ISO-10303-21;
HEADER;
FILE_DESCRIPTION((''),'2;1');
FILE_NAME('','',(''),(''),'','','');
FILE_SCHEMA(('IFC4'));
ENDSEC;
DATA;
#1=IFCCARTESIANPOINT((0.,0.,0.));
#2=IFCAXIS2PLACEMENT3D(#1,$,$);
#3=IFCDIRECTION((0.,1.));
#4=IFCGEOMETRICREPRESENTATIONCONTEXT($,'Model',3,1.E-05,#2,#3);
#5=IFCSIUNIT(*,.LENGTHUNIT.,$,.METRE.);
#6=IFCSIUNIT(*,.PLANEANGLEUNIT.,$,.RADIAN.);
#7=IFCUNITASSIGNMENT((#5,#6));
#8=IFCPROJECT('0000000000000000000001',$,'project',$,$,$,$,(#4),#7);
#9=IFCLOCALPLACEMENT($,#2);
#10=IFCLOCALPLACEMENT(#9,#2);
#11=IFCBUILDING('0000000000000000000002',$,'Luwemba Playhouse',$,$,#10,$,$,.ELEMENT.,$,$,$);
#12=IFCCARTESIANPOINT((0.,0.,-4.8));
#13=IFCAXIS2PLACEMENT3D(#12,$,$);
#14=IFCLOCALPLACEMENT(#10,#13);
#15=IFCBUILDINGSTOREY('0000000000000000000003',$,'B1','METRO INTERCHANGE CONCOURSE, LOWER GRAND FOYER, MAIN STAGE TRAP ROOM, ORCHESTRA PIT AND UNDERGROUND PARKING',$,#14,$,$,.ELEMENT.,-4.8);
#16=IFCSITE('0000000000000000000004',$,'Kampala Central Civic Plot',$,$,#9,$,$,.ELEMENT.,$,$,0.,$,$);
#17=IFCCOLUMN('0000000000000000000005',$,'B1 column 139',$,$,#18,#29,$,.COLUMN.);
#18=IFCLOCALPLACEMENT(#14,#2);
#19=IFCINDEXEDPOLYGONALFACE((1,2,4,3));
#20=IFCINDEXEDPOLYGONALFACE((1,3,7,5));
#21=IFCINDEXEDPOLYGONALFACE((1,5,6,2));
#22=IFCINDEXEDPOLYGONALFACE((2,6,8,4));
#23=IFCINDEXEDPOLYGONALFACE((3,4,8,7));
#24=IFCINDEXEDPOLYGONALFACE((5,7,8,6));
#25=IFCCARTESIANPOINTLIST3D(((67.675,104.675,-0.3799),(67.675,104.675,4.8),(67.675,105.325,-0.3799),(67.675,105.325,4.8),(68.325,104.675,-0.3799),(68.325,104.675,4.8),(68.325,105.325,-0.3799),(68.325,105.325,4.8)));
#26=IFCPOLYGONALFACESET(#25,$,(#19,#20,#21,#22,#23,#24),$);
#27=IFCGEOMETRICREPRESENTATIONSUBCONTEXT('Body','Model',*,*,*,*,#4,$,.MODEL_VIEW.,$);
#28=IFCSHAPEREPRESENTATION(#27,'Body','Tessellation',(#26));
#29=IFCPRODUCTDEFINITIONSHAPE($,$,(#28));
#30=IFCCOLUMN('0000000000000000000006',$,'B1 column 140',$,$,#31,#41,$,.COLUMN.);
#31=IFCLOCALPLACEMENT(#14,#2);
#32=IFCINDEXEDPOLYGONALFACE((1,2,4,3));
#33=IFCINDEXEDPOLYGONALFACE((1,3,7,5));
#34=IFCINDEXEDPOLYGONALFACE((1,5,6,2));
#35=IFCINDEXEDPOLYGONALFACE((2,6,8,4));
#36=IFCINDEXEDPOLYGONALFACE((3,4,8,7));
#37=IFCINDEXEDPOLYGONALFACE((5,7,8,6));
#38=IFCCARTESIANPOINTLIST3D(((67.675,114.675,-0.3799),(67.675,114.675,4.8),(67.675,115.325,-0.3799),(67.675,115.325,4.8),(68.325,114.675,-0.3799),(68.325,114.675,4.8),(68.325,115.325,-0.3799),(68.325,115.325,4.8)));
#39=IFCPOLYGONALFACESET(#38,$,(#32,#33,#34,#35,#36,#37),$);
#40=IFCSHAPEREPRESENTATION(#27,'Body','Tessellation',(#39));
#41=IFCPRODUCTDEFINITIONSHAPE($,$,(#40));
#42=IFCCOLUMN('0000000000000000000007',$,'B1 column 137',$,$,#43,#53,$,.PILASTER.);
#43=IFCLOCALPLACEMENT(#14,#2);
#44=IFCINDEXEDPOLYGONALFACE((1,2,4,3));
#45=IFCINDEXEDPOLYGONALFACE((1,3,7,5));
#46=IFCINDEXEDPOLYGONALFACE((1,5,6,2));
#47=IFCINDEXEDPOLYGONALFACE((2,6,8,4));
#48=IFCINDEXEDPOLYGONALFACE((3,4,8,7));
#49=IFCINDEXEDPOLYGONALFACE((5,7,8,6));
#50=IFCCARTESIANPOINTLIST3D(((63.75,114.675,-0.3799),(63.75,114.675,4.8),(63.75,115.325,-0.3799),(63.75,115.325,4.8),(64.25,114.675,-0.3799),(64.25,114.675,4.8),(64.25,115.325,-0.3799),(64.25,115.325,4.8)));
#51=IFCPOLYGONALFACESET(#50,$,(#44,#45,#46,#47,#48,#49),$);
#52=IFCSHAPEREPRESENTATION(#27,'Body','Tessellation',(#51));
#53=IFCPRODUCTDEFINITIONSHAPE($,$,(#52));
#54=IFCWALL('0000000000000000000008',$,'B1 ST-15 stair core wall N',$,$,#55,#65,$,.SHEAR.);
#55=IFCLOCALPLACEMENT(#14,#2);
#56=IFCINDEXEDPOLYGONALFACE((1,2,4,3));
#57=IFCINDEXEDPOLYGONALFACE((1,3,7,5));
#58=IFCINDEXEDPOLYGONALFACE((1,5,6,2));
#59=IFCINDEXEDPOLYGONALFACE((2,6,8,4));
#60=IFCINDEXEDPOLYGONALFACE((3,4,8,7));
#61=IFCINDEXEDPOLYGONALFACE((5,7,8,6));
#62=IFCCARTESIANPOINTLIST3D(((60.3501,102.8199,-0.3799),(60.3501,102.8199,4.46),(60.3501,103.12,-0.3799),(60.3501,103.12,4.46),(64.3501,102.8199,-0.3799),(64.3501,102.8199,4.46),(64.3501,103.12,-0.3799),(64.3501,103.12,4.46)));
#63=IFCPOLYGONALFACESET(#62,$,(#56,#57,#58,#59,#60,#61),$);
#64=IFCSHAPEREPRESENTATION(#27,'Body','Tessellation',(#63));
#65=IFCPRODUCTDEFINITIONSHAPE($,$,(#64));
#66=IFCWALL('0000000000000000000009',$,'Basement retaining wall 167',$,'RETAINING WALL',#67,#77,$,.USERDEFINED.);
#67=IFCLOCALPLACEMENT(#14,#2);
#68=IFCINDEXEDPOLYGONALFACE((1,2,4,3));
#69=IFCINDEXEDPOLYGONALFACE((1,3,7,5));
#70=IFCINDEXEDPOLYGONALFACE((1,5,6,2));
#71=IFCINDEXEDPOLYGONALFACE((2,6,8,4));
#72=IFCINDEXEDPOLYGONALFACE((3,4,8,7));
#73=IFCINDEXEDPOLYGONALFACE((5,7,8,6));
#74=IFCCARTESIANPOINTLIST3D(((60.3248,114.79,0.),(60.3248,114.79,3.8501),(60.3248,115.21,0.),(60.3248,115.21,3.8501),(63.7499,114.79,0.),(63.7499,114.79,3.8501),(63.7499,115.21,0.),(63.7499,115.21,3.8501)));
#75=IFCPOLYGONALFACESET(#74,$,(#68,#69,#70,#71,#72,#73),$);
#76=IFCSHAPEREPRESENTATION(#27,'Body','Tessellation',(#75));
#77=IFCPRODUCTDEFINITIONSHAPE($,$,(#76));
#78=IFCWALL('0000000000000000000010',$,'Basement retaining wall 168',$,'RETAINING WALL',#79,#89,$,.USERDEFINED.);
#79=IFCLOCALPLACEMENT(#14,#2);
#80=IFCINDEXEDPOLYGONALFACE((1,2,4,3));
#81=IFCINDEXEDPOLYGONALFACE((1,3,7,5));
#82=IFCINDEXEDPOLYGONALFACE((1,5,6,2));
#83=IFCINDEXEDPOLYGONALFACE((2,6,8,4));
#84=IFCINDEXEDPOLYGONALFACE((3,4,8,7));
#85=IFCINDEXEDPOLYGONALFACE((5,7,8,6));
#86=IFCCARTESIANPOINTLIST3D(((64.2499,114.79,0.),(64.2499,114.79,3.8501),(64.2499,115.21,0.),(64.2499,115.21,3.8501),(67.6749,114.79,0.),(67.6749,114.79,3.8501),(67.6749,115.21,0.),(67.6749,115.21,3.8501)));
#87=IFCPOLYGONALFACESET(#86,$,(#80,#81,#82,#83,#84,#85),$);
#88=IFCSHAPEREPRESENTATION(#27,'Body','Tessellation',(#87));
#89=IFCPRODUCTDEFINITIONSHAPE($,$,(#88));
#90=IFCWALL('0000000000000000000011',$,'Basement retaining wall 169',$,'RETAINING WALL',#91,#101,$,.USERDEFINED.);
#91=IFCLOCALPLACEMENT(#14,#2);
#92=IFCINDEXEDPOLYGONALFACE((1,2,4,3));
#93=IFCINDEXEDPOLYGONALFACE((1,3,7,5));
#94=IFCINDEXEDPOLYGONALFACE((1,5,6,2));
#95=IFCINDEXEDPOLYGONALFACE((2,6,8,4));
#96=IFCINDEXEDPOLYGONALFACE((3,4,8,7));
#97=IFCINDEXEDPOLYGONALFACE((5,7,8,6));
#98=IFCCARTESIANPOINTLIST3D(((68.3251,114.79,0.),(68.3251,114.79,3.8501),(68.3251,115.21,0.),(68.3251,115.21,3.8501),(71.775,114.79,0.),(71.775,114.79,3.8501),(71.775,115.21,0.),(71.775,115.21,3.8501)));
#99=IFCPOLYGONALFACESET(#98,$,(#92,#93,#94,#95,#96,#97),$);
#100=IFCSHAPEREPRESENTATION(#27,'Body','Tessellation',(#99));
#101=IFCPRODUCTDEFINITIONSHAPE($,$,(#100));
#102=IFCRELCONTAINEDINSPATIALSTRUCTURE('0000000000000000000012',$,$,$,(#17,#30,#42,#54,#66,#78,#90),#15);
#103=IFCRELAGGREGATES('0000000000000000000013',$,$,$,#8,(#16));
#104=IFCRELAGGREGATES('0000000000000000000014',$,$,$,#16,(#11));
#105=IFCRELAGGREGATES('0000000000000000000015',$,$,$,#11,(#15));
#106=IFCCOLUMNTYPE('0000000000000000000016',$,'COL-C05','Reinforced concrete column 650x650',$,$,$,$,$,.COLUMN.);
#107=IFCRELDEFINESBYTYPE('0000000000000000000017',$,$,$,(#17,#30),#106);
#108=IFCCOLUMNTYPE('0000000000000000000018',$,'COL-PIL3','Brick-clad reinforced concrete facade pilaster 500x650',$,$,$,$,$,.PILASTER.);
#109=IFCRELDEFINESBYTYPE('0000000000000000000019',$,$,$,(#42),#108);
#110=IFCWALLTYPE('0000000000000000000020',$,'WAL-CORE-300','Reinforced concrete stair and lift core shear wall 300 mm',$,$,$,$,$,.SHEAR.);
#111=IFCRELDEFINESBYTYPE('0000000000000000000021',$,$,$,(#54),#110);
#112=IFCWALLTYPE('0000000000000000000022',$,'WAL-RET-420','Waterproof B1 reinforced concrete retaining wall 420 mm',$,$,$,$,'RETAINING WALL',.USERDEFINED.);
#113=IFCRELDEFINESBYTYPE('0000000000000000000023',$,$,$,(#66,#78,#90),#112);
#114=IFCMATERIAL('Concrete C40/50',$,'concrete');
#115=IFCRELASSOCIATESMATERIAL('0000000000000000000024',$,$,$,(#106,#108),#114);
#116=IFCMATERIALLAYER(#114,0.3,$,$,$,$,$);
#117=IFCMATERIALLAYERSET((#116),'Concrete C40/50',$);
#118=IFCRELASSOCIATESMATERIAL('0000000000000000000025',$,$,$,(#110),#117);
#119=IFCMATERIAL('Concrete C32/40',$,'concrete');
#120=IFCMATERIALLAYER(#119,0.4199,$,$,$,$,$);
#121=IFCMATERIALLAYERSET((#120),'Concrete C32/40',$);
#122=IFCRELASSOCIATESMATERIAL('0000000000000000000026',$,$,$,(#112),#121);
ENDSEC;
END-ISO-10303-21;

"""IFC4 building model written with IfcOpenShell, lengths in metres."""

from ifc_helpers import new_model, si_unit, direction, frame, frame_2d, origin, origin_2d, place, context, subcontext, project, spatial, rectangle, extrude, material, layer, layer_set, material_profile, profile_set, type_object, element, save


model = new_model("IFC4")

# Units and contexts
model_context = context("Model", 3, precision=1e-05, world=origin(), true_north=direction((0.0, 1.0)))
body_context = subcontext(model_context, "Body", "Model", "MODEL_VIEW")
ifc_project = project(units=[si_unit("LENGTHUNIT", "METRE"), si_unit("PLANEANGLEUNIT", "RADIAN")], contexts=[model_context])

# Site, building, storey
site_placement = place(None, origin())
site = spatial("IfcSite", under=ifc_project, at=site_placement, Name="Kampala Central Civic Plot", CompositionType="ELEMENT", RefElevation=0.0)
building_placement = place(site_placement, origin())
building = spatial("IfcBuilding", under=site, at=building_placement, Name="Luwemba Playhouse", CompositionType="ELEMENT")
storey_placement = place(building_placement, frame((0.0, 0.0, -4.8)))
storey = spatial("IfcBuildingStorey", under=building, at=storey_placement, Name="B1", Description="METRO INTERCHANGE CONCOURSE, LOWER GRAND FOYER, MAIN STAGE TRAP ROOM, ORCHESTRA PIT AND UNDERGROUND PARKING", CompositionType="ELEMENT", Elevation=-4.8)

# Shared definitions
ifc_material_1 = material(Name="Concrete C32/40", Category="concrete")

# Columns
ifc_material_2 = material(Name="Concrete C40/50", Category="concrete")
ifc_material_profile_1 = material_profile(ifc_material_2, rectangle(XDim=0.6499, YDim=0.6499, at=origin_2d()))
ifc_profile_set_1 = profile_set([ifc_material_profile_1], Name="Concrete C40/50")
column_type_1 = type_object("IfcColumnType", Name="COL-C05", Description="Reinforced concrete column 650x650", PredefinedType="COLUMN", material=ifc_profile_set_1)
for number, where, z_axis, x_axis, name in (
    (1, (68.0, 105.0, -0.3799), (0.0, 0.0, 1.0), (1.0, 0.0, 0.0), "B1 column 139"),
    (2, (68.0, 115.0, -0.3799), (0.0, 0.0, 1.0), (1.0, 0.0, 0.0), "B1 column 140"),
):
    element("IfcColumn", number, at=place(storey_placement, frame(where, z_axis=z_axis, x_axis=x_axis)), inside=storey, type_object=column_type_1, Name=name, PredefinedType="COLUMN", context=body_context, shape_type="SweptSolid", body=[
        extrude(rectangle(XDim=0.6499, YDim=0.6499, at=origin_2d()), origin(), (0.0, 0.0, 1.0), 5.1799),
    ])
ifc_material_profile_2 = material_profile(ifc_material_2, rectangle(XDim=0.5, YDim=0.6499, at=origin_2d()))
ifc_profile_set_2 = profile_set([ifc_material_profile_2], Name="Concrete C40/50")
column_type_2 = type_object("IfcColumnType", Name="COL-PIL3", Description="Brick-clad reinforced concrete facade pilaster 500x650", PredefinedType="PILASTER", material=ifc_profile_set_2)
column_placement = place(storey_placement, frame((64.0, 115.0, -0.3799), z_axis=(0.0, 0.0, 1.0), x_axis=(1.0, 0.0, 0.0)))
element("IfcColumn", 3, at=column_placement, inside=storey, type_object=column_type_2, Name="B1 column 137", PredefinedType="PILASTER", context=body_context, shape_type="SweptSolid", body=[
    extrude(rectangle(XDim=0.5, YDim=0.6499, at=origin_2d()), origin(), (0.0, 0.0, 1.0), 5.1799),
])

# Walls
ifc_layer_1 = layer(ifc_material_2, 0.3)
ifc_layer_set_1 = layer_set([ifc_layer_1], Name="Concrete C40/50")
wall_type_1 = type_object("IfcWallType", Name="WAL-CORE-300", Description="Reinforced concrete stair and lift core shear wall 300 mm", PredefinedType="SHEAR", material=ifc_layer_set_1)
wall_1_placement = place(storey_placement, frame((64.3501, 102.97, -0.3799), z_axis=(0.0, 0.0, 1.0), x_axis=(-1.0, 0.0, 0.0)))
element("IfcWall", 4, at=wall_1_placement, inside=storey, type_object=wall_type_1, Name="B1 ST-15 stair core wall N", PredefinedType="SHEAR", context=body_context, shape_type="SweptSolid", body=[
    extrude(rectangle(XDim=4.0, YDim=0.3, at=frame_2d((2.0, 0.0))), origin(), (0.0, 0.0, 1.0), 4.8398),
])
ifc_layer_2 = layer(ifc_material_1, 0.4199)
ifc_layer_set_2 = layer_set([ifc_layer_2], Name="Concrete C32/40")
wall_type_2 = type_object("IfcWallType", Name="WAL-RET-420", Description="Waterproof B1 reinforced concrete retaining wall 420 mm", ElementType="RETAINING WALL", PredefinedType="USERDEFINED", material=ifc_layer_set_2)
for number, where, z_axis, x_axis, name in (
    (5, (60.325, 115.0, 0.0), (0.0, 0.0, 1.0), (1.0, 0.0, 0.0), "Basement retaining wall 167"),
    (6, (64.25, 115.0, 0.0), (0.0, 0.0, 1.0), (1.0, 0.0, 0.0), "Basement retaining wall 168"),
):
    element("IfcWall", number, at=place(storey_placement, frame(where, z_axis=z_axis, x_axis=x_axis)), inside=storey, type_object=wall_type_2, Name=name, ObjectType="RETAINING WALL", PredefinedType="USERDEFINED", context=body_context, shape_type="SweptSolid", body=[
        extrude(rectangle(XDim=3.425, YDim=0.4199, at=frame_2d((1.7124, 0.0))), origin(), (0.0, 0.0, 1.0), 3.8501),
    ])
wall_2_placement = place(storey_placement, frame((68.325, 115.0, 0.0), z_axis=(0.0, 0.0, 1.0), x_axis=(1.0, 0.0, 0.0)))
element("IfcWall", 7, at=wall_2_placement, inside=storey, type_object=wall_type_2, Name="Basement retaining wall 169", ObjectType="RETAINING WALL", PredefinedType="USERDEFINED", context=body_context, shape_type="SweptSolid", body=[
    extrude(rectangle(XDim=3.45, YDim=0.4199, at=frame_2d((1.7251, 0.0))), origin(), (0.0, 0.0, 1.0), 3.8501),
])

save(model, "model.ifc")
